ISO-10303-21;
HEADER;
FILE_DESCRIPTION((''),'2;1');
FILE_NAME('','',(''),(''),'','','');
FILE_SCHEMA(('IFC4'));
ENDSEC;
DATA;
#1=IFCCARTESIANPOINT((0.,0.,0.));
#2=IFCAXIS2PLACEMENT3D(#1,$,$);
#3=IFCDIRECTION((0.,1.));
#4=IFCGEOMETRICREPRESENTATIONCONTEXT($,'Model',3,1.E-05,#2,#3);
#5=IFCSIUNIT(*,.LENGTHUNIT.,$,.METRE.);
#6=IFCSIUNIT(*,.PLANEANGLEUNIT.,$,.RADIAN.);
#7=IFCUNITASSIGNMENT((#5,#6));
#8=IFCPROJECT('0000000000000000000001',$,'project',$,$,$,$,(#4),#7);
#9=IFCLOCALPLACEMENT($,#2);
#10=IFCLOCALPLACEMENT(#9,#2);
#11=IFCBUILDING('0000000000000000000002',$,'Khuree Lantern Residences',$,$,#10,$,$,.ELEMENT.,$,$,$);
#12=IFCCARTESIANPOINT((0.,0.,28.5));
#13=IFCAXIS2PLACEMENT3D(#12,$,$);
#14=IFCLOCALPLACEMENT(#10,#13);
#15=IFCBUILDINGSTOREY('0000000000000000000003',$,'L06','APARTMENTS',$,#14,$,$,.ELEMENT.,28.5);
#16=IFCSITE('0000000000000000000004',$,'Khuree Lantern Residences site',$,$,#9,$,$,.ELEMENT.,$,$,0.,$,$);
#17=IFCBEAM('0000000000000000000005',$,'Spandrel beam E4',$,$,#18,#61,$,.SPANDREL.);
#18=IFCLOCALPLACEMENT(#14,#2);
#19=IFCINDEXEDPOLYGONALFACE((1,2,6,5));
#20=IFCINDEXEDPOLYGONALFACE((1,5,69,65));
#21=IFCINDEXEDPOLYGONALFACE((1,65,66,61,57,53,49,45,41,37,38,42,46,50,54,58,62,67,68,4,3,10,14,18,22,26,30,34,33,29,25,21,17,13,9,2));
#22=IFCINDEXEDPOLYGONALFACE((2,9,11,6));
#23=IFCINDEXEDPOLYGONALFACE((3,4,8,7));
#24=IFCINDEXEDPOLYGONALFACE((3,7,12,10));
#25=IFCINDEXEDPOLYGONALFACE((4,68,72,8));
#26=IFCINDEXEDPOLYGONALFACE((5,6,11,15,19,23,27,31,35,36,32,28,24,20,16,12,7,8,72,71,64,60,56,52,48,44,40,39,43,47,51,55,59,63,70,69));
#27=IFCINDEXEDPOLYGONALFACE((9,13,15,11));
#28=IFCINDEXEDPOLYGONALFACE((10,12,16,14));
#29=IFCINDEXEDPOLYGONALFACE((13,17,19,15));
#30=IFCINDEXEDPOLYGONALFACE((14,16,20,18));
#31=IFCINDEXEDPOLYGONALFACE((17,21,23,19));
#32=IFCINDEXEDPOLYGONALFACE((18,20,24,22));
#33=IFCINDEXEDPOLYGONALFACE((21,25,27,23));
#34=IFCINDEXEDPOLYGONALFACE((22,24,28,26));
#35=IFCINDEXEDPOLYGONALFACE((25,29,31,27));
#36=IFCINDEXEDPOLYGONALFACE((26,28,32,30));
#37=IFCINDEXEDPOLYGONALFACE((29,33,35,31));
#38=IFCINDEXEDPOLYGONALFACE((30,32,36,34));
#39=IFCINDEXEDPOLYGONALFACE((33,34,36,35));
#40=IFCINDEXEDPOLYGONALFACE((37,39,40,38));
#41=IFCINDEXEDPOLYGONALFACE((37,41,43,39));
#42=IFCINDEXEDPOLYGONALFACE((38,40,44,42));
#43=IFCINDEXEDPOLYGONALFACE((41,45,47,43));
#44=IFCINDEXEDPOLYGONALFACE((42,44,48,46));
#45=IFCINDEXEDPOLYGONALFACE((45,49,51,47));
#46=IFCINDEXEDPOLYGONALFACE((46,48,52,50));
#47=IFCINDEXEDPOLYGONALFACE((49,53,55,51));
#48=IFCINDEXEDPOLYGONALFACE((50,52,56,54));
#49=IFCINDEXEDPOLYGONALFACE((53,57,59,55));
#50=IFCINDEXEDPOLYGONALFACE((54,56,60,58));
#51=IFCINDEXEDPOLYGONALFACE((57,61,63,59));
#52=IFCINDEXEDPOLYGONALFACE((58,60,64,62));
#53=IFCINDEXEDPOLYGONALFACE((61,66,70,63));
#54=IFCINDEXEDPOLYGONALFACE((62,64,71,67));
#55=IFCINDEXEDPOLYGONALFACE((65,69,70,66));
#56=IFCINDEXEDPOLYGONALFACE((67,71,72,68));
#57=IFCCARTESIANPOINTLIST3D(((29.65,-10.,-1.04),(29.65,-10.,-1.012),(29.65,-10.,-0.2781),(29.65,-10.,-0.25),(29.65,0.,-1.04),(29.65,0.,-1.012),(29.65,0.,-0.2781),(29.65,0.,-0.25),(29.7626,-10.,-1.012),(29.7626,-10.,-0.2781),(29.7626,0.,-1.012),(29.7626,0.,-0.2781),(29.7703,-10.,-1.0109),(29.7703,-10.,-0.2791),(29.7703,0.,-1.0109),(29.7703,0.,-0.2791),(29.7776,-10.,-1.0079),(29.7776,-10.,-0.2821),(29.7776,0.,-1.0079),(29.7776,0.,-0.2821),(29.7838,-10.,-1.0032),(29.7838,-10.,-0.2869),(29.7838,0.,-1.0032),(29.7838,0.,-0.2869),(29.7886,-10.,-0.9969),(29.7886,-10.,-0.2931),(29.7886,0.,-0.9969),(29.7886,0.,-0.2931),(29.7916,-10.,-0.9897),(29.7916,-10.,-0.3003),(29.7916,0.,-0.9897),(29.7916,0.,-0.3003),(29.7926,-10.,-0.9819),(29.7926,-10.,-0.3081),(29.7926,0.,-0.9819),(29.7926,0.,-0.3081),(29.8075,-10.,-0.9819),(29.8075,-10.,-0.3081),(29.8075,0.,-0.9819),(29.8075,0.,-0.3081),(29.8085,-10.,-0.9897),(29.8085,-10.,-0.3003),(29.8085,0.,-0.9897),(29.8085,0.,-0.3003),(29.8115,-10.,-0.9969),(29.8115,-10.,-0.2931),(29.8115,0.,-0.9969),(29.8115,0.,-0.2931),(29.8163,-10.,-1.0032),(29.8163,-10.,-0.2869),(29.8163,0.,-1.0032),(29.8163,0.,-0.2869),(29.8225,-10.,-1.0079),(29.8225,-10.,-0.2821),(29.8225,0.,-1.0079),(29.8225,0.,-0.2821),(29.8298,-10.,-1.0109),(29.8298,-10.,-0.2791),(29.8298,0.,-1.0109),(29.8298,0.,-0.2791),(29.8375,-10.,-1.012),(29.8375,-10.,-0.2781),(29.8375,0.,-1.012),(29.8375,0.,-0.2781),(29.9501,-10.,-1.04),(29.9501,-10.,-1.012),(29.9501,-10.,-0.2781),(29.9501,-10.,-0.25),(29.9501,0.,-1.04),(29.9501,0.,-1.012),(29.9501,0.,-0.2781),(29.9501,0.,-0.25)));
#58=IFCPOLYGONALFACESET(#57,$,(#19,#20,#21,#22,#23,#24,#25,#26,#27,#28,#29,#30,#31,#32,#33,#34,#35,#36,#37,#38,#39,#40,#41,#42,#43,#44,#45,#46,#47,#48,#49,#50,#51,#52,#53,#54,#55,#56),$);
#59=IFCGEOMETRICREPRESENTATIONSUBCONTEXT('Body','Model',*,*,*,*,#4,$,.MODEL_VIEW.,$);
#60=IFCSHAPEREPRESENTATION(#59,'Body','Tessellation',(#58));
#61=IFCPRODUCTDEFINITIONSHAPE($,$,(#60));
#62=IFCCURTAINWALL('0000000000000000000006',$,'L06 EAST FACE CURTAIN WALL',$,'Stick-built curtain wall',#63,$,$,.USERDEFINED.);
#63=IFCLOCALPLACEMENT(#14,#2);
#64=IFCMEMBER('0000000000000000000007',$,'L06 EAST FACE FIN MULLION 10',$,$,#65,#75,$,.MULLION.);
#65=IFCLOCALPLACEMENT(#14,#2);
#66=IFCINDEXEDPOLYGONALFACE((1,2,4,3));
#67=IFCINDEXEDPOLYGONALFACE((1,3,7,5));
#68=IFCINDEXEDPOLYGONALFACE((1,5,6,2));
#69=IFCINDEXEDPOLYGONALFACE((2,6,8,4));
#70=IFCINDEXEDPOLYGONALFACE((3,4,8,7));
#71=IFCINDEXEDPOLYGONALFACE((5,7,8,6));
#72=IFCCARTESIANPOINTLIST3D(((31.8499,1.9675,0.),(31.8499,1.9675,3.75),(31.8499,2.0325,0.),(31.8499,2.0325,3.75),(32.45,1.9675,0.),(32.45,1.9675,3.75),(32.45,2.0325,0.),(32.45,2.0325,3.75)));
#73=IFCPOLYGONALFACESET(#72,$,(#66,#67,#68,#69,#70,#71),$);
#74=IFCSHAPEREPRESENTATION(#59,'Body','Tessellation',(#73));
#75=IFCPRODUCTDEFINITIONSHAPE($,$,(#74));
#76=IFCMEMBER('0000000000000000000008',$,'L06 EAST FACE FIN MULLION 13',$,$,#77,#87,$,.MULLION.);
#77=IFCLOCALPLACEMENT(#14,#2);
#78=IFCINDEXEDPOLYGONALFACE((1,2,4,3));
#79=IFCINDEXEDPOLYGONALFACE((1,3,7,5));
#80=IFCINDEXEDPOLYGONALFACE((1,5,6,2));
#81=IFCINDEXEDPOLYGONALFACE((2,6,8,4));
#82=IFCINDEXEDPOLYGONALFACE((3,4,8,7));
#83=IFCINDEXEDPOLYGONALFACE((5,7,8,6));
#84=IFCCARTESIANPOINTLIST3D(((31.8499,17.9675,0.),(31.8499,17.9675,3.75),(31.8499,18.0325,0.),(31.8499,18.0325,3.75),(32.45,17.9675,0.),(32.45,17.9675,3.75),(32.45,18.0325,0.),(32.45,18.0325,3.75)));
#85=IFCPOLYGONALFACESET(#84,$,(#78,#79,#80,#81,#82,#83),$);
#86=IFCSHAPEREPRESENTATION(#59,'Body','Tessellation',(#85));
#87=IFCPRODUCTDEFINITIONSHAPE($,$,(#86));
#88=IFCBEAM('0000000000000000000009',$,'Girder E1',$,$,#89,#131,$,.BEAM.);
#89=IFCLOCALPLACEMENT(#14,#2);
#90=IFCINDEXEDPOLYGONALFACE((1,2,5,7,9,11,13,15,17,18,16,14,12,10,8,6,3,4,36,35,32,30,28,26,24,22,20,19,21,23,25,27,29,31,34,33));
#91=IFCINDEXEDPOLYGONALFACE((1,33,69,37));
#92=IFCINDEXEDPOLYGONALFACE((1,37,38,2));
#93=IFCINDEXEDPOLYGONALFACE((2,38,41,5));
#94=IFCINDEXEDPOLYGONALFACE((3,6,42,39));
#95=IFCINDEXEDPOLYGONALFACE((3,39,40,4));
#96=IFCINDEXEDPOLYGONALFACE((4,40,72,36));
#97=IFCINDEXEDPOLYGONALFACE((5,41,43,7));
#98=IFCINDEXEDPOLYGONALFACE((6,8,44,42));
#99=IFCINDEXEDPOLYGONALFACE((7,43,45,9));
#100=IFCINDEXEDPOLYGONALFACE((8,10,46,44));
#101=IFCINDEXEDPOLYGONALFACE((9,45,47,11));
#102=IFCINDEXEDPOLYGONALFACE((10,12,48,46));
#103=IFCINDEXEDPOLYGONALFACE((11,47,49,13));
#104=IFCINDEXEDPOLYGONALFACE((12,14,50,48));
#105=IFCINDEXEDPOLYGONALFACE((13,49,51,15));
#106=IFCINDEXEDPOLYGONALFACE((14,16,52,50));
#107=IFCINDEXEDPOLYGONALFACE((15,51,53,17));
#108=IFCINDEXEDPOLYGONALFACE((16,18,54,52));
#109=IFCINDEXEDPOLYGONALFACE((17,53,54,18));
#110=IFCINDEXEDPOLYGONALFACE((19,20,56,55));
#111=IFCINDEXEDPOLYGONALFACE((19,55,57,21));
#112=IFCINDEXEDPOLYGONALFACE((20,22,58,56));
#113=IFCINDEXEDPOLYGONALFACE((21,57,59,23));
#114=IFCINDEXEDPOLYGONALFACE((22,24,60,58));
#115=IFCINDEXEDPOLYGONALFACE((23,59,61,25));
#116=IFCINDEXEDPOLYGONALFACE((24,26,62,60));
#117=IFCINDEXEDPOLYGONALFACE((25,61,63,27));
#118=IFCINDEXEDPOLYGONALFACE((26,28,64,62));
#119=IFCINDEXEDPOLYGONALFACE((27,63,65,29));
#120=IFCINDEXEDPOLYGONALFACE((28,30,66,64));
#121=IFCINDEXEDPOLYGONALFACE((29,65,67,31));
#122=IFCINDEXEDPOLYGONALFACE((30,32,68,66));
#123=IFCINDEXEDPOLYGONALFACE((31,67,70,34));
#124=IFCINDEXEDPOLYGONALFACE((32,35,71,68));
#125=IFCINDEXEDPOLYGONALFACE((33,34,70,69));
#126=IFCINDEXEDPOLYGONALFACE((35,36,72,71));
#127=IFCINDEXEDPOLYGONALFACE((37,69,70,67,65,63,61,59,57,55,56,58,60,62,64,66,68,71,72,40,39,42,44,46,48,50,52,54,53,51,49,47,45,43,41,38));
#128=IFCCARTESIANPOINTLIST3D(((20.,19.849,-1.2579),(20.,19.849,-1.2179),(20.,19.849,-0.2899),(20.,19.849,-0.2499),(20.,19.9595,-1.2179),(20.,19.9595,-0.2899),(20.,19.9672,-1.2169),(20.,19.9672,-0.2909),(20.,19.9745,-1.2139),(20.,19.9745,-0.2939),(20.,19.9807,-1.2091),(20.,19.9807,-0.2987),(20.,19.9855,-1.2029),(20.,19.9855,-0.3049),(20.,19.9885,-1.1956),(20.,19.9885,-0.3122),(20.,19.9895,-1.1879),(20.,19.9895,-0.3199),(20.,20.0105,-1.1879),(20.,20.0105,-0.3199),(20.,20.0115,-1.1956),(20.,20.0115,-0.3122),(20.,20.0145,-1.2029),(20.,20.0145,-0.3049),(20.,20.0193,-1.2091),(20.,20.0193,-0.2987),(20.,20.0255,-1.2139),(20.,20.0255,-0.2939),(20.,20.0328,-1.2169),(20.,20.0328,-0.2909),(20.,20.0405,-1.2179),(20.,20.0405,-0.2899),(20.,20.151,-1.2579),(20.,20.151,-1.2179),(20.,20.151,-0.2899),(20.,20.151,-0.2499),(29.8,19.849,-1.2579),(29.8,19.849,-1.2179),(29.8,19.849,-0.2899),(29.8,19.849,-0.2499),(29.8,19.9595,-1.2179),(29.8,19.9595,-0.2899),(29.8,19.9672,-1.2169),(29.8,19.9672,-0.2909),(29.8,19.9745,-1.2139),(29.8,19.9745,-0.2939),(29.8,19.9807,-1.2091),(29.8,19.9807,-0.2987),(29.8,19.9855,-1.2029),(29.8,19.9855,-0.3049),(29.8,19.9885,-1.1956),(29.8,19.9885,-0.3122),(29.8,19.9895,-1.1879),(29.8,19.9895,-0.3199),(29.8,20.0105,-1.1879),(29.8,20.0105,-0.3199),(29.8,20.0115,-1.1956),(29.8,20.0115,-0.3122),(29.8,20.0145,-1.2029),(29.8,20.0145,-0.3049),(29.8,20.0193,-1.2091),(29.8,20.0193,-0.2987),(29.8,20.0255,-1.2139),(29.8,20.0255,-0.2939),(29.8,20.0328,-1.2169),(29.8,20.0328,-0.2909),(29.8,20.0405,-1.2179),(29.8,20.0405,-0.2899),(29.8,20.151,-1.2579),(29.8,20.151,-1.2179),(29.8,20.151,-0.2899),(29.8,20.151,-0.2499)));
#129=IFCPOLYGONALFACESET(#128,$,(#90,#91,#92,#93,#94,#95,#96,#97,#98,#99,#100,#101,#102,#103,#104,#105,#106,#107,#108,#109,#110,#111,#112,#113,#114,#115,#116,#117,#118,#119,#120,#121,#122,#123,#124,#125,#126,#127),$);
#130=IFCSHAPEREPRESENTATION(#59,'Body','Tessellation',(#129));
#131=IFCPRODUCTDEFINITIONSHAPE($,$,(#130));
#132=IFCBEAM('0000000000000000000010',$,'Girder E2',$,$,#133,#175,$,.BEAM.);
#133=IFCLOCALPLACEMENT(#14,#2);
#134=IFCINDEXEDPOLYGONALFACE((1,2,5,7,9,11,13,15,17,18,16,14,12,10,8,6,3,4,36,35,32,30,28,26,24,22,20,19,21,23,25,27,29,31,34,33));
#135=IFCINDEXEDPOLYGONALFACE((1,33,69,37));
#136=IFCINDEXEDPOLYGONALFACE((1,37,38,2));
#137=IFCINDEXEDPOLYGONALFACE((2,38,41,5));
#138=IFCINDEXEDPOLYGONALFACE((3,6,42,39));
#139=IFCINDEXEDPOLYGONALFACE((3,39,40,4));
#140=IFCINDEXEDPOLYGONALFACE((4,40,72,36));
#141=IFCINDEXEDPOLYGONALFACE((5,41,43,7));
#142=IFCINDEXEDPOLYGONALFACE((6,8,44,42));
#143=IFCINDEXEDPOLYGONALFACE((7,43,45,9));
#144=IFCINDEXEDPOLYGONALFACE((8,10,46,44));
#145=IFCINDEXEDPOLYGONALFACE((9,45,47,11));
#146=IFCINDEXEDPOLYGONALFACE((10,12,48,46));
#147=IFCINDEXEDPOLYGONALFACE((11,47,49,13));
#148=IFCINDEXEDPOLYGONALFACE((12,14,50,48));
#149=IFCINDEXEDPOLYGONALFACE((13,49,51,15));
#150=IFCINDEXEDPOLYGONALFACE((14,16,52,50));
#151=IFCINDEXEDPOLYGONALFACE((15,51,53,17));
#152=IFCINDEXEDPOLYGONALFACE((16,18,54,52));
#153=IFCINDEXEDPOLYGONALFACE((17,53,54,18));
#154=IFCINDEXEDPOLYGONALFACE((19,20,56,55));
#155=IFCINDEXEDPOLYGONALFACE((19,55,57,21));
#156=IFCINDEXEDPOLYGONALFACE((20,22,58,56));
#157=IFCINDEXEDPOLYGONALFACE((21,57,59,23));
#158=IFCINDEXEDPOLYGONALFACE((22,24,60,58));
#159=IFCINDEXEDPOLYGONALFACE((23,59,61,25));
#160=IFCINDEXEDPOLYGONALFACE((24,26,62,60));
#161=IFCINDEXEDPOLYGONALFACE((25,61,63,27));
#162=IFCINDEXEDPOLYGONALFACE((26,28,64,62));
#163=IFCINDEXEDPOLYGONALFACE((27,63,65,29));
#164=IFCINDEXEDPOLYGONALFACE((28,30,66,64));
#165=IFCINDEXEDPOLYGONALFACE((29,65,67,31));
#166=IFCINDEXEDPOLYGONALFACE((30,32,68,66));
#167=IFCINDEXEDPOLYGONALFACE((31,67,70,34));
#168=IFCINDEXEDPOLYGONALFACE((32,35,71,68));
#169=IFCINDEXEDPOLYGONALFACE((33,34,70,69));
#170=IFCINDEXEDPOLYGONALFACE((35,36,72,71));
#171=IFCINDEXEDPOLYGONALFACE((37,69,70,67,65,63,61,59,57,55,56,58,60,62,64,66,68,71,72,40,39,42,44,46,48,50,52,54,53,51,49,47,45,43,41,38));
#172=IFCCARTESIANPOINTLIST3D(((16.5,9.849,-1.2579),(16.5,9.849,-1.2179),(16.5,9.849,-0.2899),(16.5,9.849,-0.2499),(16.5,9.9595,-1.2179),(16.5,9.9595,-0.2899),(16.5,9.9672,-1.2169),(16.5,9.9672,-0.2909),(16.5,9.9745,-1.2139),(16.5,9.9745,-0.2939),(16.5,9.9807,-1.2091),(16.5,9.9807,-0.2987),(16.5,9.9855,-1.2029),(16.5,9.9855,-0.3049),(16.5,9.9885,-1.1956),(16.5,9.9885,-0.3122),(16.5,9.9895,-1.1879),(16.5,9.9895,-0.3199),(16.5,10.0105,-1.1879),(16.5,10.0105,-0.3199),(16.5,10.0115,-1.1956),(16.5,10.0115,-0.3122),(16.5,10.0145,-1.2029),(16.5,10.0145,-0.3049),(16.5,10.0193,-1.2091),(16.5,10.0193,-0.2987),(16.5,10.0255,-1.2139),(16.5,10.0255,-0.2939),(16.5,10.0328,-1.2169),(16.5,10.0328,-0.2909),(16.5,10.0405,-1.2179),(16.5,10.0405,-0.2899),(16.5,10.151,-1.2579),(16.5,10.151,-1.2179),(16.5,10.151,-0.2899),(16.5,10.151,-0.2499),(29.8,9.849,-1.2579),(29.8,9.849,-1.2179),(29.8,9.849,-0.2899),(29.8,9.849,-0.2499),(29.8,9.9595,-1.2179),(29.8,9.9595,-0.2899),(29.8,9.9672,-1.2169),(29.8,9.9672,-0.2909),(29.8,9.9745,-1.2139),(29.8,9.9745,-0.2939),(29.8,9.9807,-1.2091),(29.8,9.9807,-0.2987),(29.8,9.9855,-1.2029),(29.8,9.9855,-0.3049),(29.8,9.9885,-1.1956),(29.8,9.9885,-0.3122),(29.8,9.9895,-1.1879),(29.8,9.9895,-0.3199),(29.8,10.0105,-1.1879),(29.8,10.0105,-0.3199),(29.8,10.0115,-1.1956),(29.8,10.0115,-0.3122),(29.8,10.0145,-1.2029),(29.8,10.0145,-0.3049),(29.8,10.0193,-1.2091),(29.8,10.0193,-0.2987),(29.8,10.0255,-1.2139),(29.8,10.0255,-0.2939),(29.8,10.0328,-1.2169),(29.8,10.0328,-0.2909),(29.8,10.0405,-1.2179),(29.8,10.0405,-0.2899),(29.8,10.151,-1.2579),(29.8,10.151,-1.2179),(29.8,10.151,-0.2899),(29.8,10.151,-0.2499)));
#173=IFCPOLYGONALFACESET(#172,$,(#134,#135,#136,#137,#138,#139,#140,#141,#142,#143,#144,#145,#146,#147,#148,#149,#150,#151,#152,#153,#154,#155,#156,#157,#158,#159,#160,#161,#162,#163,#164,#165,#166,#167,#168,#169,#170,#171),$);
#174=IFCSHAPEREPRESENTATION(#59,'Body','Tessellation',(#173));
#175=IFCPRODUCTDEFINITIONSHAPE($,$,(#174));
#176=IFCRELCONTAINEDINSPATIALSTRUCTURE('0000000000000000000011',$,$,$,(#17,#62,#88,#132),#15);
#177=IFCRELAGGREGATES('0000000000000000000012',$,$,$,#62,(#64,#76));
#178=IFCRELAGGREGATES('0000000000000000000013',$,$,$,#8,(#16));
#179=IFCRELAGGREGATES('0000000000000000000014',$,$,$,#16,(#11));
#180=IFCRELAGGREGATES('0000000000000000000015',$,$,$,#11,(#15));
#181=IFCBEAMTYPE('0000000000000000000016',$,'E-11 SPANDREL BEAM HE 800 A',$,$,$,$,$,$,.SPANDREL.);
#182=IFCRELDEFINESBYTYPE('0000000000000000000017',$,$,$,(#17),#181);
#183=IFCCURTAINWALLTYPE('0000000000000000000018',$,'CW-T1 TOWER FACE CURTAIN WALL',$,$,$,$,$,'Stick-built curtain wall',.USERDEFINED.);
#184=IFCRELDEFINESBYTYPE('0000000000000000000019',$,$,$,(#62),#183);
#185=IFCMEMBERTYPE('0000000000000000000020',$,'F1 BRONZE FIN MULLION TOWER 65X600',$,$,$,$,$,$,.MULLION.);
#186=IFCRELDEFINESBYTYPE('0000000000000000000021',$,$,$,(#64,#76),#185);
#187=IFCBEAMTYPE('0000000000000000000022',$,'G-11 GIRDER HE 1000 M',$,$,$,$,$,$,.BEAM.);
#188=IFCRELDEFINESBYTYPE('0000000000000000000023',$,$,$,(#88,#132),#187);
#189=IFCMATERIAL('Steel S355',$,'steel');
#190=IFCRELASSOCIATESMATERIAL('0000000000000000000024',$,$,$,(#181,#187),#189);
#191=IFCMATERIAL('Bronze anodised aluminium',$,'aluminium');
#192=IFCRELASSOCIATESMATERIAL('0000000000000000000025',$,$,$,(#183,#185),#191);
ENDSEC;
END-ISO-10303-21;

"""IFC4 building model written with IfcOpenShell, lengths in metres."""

from ifc_helpers import new_model, si_unit, direction, frame, origin, origin_2d, place, context, subcontext, project, spatial, rectangle, i_section, extrude, material, material_profile, profile_set, type_object, element, aggregate, save


model = new_model("IFC4")

# Units and contexts
model_context = context("Model", 3, precision=1e-05, world=origin(), true_north=direction((0.0, 1.0)))
body_context = subcontext(model_context, "Body", "Model", "MODEL_VIEW")
ifc_project = project(units=[si_unit("LENGTHUNIT", "METRE"), si_unit("PLANEANGLEUNIT", "RADIAN")], contexts=[model_context])

# Site, building, storey
site_placement = place(None, origin())
site = spatial("IfcSite", under=ifc_project, at=site_placement, Name="Khuree Lantern Residences site", CompositionType="ELEMENT", RefElevation=0.0)
building_placement = place(site_placement, origin())
building = spatial("IfcBuilding", under=site, at=building_placement, Name="Khuree Lantern Residences", CompositionType="ELEMENT")
storey_placement = place(building_placement, frame((0.0, 0.0, 28.5)))
storey = spatial("IfcBuildingStorey", under=building, at=storey_placement, Name="L06", Description="APARTMENTS", CompositionType="ELEMENT", Elevation=28.5)

# Beam
ifc_material_1 = material(Name="Steel S355", Category="steel")
ifc_material_profile_1 = material_profile(ifc_material_1, i_section(OverallWidth=0.3, OverallDepth=0.79, WebThickness=0.0149, FlangeThickness=0.0281, FilletRadius=0.03, at=origin_2d()), Name="HE 800 A")
ifc_profile_set_1 = profile_set([ifc_material_profile_1], Name="Steel S355")
beam_type_1 = type_object("IfcBeamType", Name="E-11 SPANDREL BEAM HE 800 A", PredefinedType="SPANDREL", material=ifc_profile_set_1)
for number, where, z_axis, x_axis, name in (
    (1, (29.8, 0.0, -0.645), (0.0, -1.0, 0.0), (1.0, 0.0, 0.0), "Spandrel beam E4"),
):
    element("IfcBeam", number, at=place(storey_placement, frame(where, z_axis=z_axis, x_axis=x_axis)), inside=storey, type_object=beam_type_1, Name=name, PredefinedType="SPANDREL", context=body_context, shape_type="SweptSolid", body=[
        extrude(i_section(OverallWidth=0.3, OverallDepth=0.79, WebThickness=0.0149, FlangeThickness=0.0281, FilletRadius=0.03, at=origin_2d()), origin(), (0.0, 0.0, 1.0), 10.0),
    ])

# Curtain wall, members
ifc_material_2 = material(Name="Bronze anodised aluminium", Category="aluminium")
curtain_wall_type = type_object("IfcCurtainWallType", Name="CW-T1 TOWER FACE CURTAIN WALL", ElementType="Stick-built curtain wall", PredefinedType="USERDEFINED", material=ifc_material_2)
curtain_wall_placement = place(storey_placement, origin())
curtain_wall = element("IfcCurtainWall", 2, at=curtain_wall_placement, inside=storey, type_object=curtain_wall_type, Name="L06 EAST FACE CURTAIN WALL", ObjectType="Stick-built curtain wall", PredefinedType="USERDEFINED")
ifc_material_profile_2 = material_profile(ifc_material_2, rectangle(XDim=0.0649, YDim=0.6001, at=origin_2d()), Name="F1 65X600")
ifc_profile_set_2 = profile_set([ifc_material_profile_2], Name="Bronze anodised aluminium")
member_type_1 = type_object("IfcMemberType", Name="F1 BRONZE FIN MULLION TOWER 65X600", PredefinedType="MULLION", material=ifc_profile_set_2)
member_1_placement = place(storey_placement, frame((32.1499, 2.0, 0.0), z_axis=(0.0, 0.0, 1.0), x_axis=(0.0, 1.0, 0.0)))
member_1 = element("IfcMember", 3, at=member_1_placement, type_object=member_type_1, Name="L06 EAST FACE FIN MULLION 10", PredefinedType="MULLION", context=body_context, shape_type="SweptSolid", body=[
    extrude(rectangle(XDim=0.0649, YDim=0.6001, at=origin_2d()), origin(), (0.0, 0.0, 1.0), 3.75),
])
member_2_placement = place(storey_placement, frame((32.1499, 18.0, 0.0), z_axis=(0.0, 0.0, 1.0), x_axis=(0.0, 1.0, 0.0)))
member_2 = element("IfcMember", 4, at=member_2_placement, type_object=member_type_1, Name="L06 EAST FACE FIN MULLION 13", PredefinedType="MULLION", context=body_context, shape_type="SweptSolid", body=[
    extrude(rectangle(XDim=0.0649, YDim=0.6001, at=origin_2d()), origin(), (0.0, 0.0, 1.0), 3.75),
])

# Beams
ifc_material_profile_3 = material_profile(ifc_material_1, i_section(OverallWidth=0.302, OverallDepth=1.0081, WebThickness=0.021, FlangeThickness=0.04, FilletRadius=0.03, at=origin_2d()), Name="HE 1000 M")
ifc_profile_set_3 = profile_set([ifc_material_profile_3], Name="Steel S355")
beam_type_2 = type_object("IfcBeamType", Name="G-11 GIRDER HE 1000 M", PredefinedType="BEAM", material=ifc_profile_set_3)
beam_placement = place(storey_placement, frame((29.8, 20.0, -0.7539), z_axis=(-1.0, 0.0, 0.0), x_axis=(0.0, -1.0, 0.0)))
element("IfcBeam", 5, at=beam_placement, inside=storey, type_object=beam_type_2, Name="Girder E1", PredefinedType="BEAM", context=body_context, shape_type="SweptSolid", body=[
    extrude(i_section(OverallWidth=0.302, OverallDepth=1.0081, WebThickness=0.021, FlangeThickness=0.04, FilletRadius=0.03, at=origin_2d()), origin(), (0.0, 0.0, 1.0), 9.8),
])
for number, where, z_axis, x_axis, name in (
    (6, (29.8, 10.0, -0.7539), (-1.0, 0.0, 0.0), (0.0, -1.0, 0.0), "Girder E2"),
):
    element("IfcBeam", number, at=place(storey_placement, frame(where, z_axis=z_axis, x_axis=x_axis)), inside=storey, type_object=beam_type_2, Name=name, PredefinedType="BEAM", context=body_context, shape_type="SweptSolid", body=[
        extrude(i_section(OverallWidth=0.302, OverallDepth=1.0081, WebThickness=0.021, FlangeThickness=0.04, FilletRadius=0.03, at=origin_2d()), origin(), (0.0, 0.0, 1.0), 13.3),
    ])

aggregate(curtain_wall, [member_1, member_2])

save(model, "model.ifc")
